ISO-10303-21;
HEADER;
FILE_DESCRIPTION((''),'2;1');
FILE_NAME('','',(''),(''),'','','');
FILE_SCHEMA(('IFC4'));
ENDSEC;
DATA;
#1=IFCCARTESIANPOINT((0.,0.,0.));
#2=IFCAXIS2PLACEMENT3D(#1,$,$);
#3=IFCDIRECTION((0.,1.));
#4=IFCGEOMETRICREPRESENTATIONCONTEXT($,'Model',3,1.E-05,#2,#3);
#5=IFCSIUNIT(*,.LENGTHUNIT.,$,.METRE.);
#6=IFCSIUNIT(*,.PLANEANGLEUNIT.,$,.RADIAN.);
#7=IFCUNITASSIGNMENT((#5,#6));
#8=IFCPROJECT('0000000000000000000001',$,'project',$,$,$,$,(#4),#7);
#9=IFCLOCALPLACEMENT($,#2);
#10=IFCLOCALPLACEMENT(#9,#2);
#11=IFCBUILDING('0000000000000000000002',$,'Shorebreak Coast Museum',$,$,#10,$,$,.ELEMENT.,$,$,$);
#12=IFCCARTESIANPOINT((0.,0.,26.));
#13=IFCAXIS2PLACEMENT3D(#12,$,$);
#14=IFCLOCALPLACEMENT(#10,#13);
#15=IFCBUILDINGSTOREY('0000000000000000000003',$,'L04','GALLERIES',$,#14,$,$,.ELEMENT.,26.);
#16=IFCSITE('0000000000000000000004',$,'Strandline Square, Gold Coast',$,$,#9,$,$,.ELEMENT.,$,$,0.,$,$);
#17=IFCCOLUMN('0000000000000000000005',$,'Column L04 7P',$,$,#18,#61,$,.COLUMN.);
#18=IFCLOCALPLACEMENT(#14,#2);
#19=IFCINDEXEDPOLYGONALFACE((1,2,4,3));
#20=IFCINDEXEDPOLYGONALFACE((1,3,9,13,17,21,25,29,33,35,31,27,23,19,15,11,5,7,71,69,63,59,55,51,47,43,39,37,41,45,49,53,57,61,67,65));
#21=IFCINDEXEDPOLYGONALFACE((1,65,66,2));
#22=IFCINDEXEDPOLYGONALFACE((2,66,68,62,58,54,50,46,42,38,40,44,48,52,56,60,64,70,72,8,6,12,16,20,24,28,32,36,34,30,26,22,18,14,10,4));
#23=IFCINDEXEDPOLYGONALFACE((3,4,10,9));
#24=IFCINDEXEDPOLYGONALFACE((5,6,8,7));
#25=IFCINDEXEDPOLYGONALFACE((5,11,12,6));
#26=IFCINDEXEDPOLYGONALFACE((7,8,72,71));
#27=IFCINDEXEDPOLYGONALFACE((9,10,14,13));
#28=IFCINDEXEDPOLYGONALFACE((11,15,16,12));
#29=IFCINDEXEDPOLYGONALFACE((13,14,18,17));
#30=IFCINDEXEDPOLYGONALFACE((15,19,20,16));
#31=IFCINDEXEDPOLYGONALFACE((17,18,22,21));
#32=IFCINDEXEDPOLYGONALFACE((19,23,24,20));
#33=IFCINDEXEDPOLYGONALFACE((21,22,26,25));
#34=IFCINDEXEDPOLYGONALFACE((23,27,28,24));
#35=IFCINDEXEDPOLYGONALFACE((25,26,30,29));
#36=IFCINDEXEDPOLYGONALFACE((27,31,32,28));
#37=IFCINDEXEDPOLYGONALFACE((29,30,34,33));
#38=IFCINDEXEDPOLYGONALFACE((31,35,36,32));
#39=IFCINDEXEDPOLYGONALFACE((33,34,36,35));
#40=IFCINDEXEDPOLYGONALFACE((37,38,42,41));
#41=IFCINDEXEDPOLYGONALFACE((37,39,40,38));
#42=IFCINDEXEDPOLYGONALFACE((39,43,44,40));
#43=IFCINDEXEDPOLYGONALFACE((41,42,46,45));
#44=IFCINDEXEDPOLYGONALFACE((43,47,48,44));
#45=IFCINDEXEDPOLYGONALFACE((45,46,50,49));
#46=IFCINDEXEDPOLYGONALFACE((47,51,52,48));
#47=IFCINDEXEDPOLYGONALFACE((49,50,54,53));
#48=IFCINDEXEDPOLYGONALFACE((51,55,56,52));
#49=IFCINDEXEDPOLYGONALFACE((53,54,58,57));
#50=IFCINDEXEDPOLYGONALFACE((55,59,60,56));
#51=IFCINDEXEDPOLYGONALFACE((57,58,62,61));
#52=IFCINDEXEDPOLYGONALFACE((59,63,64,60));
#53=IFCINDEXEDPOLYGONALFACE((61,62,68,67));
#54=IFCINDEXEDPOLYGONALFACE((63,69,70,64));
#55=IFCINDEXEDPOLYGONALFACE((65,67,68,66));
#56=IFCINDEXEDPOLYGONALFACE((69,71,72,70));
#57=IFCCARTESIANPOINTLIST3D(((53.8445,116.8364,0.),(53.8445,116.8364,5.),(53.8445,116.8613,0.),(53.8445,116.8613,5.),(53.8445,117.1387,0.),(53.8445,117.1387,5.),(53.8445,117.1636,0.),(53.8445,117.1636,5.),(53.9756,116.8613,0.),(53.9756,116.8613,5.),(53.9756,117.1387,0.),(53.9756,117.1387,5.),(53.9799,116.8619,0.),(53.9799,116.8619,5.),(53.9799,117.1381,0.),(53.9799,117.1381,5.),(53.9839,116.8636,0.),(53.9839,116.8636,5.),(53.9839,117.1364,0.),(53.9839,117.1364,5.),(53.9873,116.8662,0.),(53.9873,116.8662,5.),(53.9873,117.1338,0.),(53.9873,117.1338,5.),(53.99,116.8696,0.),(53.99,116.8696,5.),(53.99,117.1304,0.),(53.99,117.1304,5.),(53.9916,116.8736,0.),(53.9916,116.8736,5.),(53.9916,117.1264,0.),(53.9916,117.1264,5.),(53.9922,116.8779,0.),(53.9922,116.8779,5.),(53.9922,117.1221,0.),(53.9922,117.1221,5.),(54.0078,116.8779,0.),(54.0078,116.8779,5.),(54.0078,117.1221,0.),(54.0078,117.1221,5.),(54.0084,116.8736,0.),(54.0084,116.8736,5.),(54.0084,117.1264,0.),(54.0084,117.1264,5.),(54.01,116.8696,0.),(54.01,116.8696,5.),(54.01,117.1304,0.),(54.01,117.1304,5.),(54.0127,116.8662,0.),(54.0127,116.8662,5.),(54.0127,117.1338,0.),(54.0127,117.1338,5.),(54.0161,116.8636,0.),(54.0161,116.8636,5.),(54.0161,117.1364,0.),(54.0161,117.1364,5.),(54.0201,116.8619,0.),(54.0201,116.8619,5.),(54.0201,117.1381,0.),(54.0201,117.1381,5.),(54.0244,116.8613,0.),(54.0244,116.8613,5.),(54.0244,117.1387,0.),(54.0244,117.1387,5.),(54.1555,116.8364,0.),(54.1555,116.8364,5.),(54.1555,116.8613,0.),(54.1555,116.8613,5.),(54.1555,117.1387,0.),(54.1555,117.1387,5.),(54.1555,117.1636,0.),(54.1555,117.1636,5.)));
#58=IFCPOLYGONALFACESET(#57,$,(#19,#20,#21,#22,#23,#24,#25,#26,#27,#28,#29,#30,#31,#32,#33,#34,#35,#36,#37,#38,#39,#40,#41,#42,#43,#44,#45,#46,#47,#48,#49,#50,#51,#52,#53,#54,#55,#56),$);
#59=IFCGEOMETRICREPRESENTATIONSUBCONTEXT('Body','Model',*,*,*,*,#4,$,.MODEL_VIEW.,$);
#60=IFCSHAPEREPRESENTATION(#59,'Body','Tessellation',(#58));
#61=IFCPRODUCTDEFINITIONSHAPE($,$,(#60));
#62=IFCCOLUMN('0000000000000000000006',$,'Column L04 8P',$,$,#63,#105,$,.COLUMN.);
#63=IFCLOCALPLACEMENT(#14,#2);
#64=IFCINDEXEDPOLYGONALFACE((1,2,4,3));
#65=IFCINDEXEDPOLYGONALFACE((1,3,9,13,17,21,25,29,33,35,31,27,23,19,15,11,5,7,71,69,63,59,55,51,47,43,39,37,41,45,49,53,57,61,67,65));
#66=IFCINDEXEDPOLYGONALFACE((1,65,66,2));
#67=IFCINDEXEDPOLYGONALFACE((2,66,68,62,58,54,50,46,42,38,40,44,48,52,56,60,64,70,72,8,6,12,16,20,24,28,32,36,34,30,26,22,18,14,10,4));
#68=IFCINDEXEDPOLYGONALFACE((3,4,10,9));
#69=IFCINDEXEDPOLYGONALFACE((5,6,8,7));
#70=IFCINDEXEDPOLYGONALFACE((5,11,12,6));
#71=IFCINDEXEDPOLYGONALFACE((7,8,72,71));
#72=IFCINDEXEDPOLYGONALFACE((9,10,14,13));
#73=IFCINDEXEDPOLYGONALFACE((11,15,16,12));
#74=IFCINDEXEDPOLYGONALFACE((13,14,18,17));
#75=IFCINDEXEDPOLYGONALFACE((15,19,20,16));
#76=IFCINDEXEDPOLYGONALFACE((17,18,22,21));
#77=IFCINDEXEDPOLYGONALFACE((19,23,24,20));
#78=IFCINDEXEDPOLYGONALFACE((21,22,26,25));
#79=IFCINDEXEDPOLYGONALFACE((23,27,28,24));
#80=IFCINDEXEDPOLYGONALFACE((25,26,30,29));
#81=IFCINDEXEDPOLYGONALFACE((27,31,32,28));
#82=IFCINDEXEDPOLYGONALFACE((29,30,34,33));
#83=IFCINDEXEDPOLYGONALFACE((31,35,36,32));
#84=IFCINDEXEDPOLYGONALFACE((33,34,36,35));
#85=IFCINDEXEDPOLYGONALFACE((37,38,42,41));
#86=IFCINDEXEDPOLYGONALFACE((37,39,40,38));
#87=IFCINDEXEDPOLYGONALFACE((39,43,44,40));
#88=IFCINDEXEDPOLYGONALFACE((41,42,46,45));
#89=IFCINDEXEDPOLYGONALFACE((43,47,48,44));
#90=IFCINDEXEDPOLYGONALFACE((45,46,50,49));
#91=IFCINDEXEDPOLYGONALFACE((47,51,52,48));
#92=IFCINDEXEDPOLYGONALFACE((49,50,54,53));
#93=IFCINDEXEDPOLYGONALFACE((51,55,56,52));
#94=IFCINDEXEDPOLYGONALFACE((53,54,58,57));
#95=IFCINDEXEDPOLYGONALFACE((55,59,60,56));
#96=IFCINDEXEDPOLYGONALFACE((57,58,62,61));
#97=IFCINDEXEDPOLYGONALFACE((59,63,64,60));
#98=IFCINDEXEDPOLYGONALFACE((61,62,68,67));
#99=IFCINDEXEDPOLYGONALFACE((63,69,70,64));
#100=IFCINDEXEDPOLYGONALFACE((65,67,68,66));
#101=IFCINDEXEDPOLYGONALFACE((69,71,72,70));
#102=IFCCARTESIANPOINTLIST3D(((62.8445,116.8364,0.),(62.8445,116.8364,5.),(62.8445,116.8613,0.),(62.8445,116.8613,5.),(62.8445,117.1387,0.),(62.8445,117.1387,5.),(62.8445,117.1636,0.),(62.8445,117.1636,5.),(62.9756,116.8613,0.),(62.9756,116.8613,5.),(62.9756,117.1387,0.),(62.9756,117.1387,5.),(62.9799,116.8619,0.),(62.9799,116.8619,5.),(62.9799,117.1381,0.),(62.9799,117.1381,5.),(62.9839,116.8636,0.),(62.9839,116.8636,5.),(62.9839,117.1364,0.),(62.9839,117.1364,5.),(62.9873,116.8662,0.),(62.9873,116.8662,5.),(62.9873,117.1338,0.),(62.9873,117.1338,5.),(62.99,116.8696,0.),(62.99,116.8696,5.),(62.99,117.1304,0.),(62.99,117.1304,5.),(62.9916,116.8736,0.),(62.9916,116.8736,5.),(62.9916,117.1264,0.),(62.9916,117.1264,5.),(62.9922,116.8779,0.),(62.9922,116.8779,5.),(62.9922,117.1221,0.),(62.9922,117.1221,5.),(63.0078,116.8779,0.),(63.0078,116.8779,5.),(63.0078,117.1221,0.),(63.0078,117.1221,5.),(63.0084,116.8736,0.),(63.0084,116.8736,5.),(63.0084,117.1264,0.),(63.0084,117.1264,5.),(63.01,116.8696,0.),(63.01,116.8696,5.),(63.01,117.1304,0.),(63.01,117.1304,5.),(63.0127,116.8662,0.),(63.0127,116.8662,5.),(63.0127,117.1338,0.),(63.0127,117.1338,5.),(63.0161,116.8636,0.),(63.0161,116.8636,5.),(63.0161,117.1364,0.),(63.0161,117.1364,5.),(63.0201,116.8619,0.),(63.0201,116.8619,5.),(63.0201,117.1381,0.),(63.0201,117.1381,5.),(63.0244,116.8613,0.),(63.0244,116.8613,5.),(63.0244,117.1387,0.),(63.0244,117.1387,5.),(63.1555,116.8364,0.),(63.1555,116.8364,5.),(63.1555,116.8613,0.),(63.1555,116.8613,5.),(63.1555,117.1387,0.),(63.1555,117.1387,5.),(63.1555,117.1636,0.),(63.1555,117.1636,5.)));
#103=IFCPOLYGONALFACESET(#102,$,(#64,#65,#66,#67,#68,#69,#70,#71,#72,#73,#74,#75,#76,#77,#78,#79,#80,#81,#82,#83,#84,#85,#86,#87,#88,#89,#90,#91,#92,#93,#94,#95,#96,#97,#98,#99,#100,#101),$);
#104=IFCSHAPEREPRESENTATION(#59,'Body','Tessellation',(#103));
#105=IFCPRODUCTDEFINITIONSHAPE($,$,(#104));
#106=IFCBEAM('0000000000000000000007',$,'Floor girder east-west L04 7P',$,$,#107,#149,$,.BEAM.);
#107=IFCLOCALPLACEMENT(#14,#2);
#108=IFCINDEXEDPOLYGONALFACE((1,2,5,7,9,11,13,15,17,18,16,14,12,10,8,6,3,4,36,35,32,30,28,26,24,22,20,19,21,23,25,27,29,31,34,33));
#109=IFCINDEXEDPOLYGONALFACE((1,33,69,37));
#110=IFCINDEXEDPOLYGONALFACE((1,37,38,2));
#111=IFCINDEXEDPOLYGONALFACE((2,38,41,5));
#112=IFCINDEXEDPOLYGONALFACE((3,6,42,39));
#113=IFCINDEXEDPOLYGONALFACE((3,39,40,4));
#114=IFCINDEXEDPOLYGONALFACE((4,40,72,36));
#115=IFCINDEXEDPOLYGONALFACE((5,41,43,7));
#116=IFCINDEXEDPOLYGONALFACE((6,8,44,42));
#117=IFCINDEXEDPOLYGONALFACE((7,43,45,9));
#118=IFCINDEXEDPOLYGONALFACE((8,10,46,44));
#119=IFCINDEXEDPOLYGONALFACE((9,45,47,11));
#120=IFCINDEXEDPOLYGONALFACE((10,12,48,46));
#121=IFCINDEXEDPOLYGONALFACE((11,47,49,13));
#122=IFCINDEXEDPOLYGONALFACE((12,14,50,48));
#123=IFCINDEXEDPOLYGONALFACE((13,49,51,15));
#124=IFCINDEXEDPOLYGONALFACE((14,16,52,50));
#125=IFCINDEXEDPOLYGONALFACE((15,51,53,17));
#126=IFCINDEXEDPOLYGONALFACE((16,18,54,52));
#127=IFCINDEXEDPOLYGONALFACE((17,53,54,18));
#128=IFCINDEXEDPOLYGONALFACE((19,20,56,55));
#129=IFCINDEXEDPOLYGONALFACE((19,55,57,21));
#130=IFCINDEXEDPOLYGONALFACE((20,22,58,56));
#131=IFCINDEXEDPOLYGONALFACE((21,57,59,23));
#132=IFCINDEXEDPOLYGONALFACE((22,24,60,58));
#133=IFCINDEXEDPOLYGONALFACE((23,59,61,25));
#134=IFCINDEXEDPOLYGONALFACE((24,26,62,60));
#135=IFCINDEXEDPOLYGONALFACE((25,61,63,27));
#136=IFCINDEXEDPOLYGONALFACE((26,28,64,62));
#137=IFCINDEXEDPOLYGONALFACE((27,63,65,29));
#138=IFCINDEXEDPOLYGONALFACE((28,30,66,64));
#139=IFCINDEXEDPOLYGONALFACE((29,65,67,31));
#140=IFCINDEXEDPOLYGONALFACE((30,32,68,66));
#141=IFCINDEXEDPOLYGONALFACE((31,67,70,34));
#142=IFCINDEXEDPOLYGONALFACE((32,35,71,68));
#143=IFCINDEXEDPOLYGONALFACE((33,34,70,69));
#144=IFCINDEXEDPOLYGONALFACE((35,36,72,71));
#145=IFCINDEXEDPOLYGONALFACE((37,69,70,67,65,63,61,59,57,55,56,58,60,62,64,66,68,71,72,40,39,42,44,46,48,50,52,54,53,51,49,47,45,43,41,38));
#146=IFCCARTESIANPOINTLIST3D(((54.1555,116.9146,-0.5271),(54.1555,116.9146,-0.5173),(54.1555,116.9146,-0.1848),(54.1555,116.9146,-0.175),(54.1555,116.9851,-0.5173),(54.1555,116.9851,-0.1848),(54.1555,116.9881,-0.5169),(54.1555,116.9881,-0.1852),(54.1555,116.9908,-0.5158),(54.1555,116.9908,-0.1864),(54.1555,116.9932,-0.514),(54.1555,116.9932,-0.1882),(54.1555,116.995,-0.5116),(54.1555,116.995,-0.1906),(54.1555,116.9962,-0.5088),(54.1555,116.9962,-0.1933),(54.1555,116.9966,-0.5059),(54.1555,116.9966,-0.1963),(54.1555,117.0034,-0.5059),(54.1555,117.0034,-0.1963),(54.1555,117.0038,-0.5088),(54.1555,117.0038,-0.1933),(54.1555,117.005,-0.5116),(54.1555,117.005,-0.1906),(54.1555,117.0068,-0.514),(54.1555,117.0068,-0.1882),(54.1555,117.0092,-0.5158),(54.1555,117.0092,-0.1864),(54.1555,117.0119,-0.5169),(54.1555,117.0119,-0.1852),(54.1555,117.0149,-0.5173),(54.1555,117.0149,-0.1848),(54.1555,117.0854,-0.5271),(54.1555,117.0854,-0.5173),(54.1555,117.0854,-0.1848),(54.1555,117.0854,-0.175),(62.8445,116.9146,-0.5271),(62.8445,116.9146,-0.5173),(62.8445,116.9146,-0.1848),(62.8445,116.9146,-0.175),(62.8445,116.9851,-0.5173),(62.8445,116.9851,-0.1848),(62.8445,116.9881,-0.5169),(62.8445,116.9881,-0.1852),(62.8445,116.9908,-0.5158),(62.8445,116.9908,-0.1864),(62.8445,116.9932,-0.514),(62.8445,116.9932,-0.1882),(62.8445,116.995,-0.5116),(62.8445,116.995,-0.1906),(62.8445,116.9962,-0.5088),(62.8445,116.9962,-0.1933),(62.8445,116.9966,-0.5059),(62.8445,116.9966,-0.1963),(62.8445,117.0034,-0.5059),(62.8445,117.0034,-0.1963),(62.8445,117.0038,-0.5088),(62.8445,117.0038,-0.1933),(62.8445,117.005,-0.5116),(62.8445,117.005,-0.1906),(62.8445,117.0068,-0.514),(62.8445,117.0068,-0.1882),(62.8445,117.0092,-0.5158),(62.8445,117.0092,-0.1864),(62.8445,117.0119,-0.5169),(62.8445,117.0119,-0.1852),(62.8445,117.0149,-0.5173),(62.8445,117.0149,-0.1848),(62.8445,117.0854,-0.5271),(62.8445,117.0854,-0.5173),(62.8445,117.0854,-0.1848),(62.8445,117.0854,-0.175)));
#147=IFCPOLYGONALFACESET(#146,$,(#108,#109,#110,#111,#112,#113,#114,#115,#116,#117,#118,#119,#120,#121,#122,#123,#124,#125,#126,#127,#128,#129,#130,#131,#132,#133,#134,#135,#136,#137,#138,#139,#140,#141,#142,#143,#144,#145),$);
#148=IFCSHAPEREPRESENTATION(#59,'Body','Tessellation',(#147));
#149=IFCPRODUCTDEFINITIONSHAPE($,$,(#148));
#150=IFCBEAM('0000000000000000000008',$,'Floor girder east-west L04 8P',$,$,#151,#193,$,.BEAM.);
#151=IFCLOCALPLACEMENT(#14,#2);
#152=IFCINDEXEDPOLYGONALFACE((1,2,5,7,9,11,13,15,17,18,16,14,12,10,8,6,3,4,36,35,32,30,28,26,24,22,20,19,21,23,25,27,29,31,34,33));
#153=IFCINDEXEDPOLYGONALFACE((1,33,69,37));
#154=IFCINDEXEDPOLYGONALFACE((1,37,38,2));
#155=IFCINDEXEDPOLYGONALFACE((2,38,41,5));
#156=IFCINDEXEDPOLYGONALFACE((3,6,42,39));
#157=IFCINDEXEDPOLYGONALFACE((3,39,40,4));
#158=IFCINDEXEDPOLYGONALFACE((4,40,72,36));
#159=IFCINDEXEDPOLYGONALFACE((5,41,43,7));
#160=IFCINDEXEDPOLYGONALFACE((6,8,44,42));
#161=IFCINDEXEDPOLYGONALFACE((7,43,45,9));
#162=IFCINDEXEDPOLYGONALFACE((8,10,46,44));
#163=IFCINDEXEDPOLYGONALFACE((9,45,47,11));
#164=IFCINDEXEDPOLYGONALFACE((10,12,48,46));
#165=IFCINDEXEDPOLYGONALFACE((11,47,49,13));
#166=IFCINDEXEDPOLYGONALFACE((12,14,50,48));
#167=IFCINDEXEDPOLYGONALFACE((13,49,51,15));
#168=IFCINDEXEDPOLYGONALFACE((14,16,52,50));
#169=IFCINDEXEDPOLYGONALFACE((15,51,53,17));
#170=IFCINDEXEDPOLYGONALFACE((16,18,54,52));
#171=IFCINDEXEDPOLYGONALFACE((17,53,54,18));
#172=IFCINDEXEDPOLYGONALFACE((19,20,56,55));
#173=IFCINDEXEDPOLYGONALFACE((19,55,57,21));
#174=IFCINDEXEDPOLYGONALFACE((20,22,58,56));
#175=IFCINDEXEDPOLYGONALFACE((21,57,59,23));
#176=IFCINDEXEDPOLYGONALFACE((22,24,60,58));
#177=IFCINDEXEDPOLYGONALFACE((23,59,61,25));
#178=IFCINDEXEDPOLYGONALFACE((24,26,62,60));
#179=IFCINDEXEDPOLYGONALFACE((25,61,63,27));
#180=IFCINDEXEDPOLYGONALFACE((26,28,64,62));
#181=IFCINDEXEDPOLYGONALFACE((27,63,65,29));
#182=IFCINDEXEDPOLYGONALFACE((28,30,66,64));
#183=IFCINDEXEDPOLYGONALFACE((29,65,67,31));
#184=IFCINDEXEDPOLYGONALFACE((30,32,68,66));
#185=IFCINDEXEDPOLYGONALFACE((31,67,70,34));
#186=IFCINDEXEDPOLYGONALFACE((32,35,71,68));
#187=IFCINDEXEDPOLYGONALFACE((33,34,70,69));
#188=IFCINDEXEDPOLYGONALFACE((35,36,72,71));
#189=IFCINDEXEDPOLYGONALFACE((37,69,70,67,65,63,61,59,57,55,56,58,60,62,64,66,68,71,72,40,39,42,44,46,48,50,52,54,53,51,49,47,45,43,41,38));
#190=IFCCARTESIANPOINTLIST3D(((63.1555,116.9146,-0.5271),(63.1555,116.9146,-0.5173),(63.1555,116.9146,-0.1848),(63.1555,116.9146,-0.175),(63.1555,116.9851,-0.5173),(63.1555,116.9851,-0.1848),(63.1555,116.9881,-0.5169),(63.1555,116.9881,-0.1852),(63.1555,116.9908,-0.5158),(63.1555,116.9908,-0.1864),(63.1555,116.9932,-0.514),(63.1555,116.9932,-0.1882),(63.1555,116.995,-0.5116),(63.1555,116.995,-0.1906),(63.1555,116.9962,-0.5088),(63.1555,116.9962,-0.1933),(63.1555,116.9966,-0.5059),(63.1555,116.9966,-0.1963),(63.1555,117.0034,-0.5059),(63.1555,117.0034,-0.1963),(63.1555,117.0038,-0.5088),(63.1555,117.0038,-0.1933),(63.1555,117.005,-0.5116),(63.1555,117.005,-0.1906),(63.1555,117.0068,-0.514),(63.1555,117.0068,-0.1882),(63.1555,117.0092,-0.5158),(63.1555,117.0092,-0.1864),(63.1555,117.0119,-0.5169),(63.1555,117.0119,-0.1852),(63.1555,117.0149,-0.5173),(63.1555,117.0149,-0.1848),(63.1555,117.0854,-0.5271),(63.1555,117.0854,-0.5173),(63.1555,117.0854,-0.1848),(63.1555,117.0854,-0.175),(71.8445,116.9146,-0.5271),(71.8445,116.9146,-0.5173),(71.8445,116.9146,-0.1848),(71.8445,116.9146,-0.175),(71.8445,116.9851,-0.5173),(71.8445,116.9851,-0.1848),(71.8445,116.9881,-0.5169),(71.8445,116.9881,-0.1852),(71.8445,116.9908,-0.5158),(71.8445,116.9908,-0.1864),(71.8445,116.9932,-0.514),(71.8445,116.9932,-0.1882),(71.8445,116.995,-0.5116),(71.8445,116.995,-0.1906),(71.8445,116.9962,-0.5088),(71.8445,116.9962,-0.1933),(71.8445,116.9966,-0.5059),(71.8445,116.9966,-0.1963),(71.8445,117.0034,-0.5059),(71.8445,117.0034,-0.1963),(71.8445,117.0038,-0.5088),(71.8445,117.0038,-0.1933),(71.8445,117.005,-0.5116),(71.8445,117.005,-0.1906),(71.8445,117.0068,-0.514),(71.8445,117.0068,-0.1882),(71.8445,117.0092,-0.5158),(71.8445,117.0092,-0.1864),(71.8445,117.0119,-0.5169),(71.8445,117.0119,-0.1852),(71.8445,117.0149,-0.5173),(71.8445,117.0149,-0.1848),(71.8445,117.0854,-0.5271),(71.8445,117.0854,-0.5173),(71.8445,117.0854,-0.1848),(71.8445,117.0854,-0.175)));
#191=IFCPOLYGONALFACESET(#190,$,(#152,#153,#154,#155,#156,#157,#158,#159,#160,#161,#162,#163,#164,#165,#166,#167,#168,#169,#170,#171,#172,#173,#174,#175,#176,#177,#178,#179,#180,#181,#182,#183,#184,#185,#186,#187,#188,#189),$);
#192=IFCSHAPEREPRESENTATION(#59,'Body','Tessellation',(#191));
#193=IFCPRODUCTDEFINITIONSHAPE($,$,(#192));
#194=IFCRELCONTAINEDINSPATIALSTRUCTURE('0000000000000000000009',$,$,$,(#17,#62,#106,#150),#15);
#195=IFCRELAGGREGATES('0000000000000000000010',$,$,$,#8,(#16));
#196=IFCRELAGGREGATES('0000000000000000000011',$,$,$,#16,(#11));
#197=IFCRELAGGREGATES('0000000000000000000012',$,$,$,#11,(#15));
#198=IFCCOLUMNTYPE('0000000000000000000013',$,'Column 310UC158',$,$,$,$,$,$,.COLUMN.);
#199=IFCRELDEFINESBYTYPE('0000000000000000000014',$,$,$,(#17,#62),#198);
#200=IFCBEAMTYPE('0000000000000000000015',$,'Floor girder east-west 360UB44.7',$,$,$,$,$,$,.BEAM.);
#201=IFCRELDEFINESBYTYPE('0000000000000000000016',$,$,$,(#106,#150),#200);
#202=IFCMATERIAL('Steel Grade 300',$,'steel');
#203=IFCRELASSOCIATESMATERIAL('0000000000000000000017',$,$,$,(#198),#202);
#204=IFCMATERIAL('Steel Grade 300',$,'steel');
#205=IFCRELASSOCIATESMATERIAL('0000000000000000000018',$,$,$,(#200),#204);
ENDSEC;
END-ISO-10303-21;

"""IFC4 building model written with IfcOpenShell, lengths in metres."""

from ifc_helpers import new_model, si_unit, direction, frame, origin, origin_2d, place, context, subcontext, project, spatial, i_section, extrude, material, material_profile, profile_set, type_object, element, save


model = new_model("IFC4")

# Units and contexts
model_context = context("Model", 3, precision=1e-05, world=origin(), true_north=direction((0.0, 1.0)))
body_context = subcontext(model_context, "Body", "Model", "MODEL_VIEW")
ifc_project = project(units=[si_unit("LENGTHUNIT", "METRE"), si_unit("PLANEANGLEUNIT", "RADIAN")], contexts=[model_context])

# Site, building, storey
site_placement = place(None, origin())
site = spatial("IfcSite", under=ifc_project, at=site_placement, Name="Strandline Square, Gold Coast", CompositionType="ELEMENT", RefElevation=0.0)
building_placement = place(site_placement, origin())
building = spatial("IfcBuilding", under=site, at=building_placement, Name="Shorebreak Coast Museum", CompositionType="ELEMENT")
storey_placement = place(building_placement, frame((0.0, 0.0, 26.0)))
storey = spatial("IfcBuildingStorey", under=building, at=storey_placement, Name="L04", Description="GALLERIES", CompositionType="ELEMENT", Elevation=26.0)

# Columns
ifc_material_1 = material(Name="Steel Grade 300", Category="steel")
ifc_material_profile_1 = material_profile(ifc_material_1, i_section(OverallWidth=0.311, OverallDepth=0.3271, WebThickness=0.0156, FlangeThickness=0.0249, FilletRadius=0.0166, at=origin_2d()), Name="310UC158")
ifc_profile_set_1 = profile_set([ifc_material_profile_1], Name="Steel Grade 300")
column_type = type_object("IfcColumnType", Name="Column 310UC158", PredefinedType="COLUMN", material=ifc_profile_set_1)
for number, where, z_axis, x_axis, name in (
    (1, (54.0, 117.0, 0.0), (0.0, 0.0, 1.0), (1.0, 0.0, 0.0), "Column L04 7P"),
    (2, (63.0, 117.0, 0.0), (0.0, 0.0, 1.0), (1.0, 0.0, 0.0), "Column L04 8P"),
):
    element("IfcColumn", number, at=place(storey_placement, frame(where, z_axis=z_axis, x_axis=x_axis)), inside=storey, type_object=column_type, Name=name, PredefinedType="COLUMN", context=body_context, shape_type="SweptSolid", body=[
        extrude(i_section(OverallWidth=0.311, OverallDepth=0.3271, WebThickness=0.0156, FlangeThickness=0.0249, FilletRadius=0.0166, at=origin_2d()), origin(), (0.0, 0.0, 1.0), 5.0),
    ])

# Beams
ifc_material_2 = material(Name="Steel Grade 300", Category="steel")
ifc_material_profile_2 = material_profile(ifc_material_2, i_section(OverallWidth=0.1709, OverallDepth=0.3521, WebThickness=0.0068, FlangeThickness=0.0098, FilletRadius=0.0115, at=origin_2d()), Name="360UB44.7")
ifc_profile_set_2 = profile_set([ifc_material_profile_2], Name="Steel Grade 300")
beam_type_1 = type_object("IfcBeamType", Name="Floor girder east-west 360UB44.7", PredefinedType="BEAM", material=ifc_profile_set_2)
for number, where, z_axis, x_axis, name in (
    (3, (54.1555, 117.0, -0.3511), (1.0, 0.0, 0.0), (0.0, 1.0, 0.0), "Floor girder east-west L04 7P"),
    (4, (63.1555, 117.0, -0.3511), (1.0, 0.0, 0.0), (0.0, 1.0, 0.0), "Floor girder east-west L04 8P"),
):
    element("IfcBeam", number, at=place(storey_placement, frame(where, z_axis=z_axis, x_axis=x_axis)), inside=storey, type_object=beam_type_1, Name=name, PredefinedType="BEAM", context=body_context, shape_type="SweptSolid", body=[
        extrude(i_section(OverallWidth=0.1709, OverallDepth=0.3521, WebThickness=0.0068, FlangeThickness=0.0098, FilletRadius=0.0115, at=origin_2d()), origin(), (0.0, 0.0, 1.0), 8.689),
    ])

save(model, "model.ifc")
